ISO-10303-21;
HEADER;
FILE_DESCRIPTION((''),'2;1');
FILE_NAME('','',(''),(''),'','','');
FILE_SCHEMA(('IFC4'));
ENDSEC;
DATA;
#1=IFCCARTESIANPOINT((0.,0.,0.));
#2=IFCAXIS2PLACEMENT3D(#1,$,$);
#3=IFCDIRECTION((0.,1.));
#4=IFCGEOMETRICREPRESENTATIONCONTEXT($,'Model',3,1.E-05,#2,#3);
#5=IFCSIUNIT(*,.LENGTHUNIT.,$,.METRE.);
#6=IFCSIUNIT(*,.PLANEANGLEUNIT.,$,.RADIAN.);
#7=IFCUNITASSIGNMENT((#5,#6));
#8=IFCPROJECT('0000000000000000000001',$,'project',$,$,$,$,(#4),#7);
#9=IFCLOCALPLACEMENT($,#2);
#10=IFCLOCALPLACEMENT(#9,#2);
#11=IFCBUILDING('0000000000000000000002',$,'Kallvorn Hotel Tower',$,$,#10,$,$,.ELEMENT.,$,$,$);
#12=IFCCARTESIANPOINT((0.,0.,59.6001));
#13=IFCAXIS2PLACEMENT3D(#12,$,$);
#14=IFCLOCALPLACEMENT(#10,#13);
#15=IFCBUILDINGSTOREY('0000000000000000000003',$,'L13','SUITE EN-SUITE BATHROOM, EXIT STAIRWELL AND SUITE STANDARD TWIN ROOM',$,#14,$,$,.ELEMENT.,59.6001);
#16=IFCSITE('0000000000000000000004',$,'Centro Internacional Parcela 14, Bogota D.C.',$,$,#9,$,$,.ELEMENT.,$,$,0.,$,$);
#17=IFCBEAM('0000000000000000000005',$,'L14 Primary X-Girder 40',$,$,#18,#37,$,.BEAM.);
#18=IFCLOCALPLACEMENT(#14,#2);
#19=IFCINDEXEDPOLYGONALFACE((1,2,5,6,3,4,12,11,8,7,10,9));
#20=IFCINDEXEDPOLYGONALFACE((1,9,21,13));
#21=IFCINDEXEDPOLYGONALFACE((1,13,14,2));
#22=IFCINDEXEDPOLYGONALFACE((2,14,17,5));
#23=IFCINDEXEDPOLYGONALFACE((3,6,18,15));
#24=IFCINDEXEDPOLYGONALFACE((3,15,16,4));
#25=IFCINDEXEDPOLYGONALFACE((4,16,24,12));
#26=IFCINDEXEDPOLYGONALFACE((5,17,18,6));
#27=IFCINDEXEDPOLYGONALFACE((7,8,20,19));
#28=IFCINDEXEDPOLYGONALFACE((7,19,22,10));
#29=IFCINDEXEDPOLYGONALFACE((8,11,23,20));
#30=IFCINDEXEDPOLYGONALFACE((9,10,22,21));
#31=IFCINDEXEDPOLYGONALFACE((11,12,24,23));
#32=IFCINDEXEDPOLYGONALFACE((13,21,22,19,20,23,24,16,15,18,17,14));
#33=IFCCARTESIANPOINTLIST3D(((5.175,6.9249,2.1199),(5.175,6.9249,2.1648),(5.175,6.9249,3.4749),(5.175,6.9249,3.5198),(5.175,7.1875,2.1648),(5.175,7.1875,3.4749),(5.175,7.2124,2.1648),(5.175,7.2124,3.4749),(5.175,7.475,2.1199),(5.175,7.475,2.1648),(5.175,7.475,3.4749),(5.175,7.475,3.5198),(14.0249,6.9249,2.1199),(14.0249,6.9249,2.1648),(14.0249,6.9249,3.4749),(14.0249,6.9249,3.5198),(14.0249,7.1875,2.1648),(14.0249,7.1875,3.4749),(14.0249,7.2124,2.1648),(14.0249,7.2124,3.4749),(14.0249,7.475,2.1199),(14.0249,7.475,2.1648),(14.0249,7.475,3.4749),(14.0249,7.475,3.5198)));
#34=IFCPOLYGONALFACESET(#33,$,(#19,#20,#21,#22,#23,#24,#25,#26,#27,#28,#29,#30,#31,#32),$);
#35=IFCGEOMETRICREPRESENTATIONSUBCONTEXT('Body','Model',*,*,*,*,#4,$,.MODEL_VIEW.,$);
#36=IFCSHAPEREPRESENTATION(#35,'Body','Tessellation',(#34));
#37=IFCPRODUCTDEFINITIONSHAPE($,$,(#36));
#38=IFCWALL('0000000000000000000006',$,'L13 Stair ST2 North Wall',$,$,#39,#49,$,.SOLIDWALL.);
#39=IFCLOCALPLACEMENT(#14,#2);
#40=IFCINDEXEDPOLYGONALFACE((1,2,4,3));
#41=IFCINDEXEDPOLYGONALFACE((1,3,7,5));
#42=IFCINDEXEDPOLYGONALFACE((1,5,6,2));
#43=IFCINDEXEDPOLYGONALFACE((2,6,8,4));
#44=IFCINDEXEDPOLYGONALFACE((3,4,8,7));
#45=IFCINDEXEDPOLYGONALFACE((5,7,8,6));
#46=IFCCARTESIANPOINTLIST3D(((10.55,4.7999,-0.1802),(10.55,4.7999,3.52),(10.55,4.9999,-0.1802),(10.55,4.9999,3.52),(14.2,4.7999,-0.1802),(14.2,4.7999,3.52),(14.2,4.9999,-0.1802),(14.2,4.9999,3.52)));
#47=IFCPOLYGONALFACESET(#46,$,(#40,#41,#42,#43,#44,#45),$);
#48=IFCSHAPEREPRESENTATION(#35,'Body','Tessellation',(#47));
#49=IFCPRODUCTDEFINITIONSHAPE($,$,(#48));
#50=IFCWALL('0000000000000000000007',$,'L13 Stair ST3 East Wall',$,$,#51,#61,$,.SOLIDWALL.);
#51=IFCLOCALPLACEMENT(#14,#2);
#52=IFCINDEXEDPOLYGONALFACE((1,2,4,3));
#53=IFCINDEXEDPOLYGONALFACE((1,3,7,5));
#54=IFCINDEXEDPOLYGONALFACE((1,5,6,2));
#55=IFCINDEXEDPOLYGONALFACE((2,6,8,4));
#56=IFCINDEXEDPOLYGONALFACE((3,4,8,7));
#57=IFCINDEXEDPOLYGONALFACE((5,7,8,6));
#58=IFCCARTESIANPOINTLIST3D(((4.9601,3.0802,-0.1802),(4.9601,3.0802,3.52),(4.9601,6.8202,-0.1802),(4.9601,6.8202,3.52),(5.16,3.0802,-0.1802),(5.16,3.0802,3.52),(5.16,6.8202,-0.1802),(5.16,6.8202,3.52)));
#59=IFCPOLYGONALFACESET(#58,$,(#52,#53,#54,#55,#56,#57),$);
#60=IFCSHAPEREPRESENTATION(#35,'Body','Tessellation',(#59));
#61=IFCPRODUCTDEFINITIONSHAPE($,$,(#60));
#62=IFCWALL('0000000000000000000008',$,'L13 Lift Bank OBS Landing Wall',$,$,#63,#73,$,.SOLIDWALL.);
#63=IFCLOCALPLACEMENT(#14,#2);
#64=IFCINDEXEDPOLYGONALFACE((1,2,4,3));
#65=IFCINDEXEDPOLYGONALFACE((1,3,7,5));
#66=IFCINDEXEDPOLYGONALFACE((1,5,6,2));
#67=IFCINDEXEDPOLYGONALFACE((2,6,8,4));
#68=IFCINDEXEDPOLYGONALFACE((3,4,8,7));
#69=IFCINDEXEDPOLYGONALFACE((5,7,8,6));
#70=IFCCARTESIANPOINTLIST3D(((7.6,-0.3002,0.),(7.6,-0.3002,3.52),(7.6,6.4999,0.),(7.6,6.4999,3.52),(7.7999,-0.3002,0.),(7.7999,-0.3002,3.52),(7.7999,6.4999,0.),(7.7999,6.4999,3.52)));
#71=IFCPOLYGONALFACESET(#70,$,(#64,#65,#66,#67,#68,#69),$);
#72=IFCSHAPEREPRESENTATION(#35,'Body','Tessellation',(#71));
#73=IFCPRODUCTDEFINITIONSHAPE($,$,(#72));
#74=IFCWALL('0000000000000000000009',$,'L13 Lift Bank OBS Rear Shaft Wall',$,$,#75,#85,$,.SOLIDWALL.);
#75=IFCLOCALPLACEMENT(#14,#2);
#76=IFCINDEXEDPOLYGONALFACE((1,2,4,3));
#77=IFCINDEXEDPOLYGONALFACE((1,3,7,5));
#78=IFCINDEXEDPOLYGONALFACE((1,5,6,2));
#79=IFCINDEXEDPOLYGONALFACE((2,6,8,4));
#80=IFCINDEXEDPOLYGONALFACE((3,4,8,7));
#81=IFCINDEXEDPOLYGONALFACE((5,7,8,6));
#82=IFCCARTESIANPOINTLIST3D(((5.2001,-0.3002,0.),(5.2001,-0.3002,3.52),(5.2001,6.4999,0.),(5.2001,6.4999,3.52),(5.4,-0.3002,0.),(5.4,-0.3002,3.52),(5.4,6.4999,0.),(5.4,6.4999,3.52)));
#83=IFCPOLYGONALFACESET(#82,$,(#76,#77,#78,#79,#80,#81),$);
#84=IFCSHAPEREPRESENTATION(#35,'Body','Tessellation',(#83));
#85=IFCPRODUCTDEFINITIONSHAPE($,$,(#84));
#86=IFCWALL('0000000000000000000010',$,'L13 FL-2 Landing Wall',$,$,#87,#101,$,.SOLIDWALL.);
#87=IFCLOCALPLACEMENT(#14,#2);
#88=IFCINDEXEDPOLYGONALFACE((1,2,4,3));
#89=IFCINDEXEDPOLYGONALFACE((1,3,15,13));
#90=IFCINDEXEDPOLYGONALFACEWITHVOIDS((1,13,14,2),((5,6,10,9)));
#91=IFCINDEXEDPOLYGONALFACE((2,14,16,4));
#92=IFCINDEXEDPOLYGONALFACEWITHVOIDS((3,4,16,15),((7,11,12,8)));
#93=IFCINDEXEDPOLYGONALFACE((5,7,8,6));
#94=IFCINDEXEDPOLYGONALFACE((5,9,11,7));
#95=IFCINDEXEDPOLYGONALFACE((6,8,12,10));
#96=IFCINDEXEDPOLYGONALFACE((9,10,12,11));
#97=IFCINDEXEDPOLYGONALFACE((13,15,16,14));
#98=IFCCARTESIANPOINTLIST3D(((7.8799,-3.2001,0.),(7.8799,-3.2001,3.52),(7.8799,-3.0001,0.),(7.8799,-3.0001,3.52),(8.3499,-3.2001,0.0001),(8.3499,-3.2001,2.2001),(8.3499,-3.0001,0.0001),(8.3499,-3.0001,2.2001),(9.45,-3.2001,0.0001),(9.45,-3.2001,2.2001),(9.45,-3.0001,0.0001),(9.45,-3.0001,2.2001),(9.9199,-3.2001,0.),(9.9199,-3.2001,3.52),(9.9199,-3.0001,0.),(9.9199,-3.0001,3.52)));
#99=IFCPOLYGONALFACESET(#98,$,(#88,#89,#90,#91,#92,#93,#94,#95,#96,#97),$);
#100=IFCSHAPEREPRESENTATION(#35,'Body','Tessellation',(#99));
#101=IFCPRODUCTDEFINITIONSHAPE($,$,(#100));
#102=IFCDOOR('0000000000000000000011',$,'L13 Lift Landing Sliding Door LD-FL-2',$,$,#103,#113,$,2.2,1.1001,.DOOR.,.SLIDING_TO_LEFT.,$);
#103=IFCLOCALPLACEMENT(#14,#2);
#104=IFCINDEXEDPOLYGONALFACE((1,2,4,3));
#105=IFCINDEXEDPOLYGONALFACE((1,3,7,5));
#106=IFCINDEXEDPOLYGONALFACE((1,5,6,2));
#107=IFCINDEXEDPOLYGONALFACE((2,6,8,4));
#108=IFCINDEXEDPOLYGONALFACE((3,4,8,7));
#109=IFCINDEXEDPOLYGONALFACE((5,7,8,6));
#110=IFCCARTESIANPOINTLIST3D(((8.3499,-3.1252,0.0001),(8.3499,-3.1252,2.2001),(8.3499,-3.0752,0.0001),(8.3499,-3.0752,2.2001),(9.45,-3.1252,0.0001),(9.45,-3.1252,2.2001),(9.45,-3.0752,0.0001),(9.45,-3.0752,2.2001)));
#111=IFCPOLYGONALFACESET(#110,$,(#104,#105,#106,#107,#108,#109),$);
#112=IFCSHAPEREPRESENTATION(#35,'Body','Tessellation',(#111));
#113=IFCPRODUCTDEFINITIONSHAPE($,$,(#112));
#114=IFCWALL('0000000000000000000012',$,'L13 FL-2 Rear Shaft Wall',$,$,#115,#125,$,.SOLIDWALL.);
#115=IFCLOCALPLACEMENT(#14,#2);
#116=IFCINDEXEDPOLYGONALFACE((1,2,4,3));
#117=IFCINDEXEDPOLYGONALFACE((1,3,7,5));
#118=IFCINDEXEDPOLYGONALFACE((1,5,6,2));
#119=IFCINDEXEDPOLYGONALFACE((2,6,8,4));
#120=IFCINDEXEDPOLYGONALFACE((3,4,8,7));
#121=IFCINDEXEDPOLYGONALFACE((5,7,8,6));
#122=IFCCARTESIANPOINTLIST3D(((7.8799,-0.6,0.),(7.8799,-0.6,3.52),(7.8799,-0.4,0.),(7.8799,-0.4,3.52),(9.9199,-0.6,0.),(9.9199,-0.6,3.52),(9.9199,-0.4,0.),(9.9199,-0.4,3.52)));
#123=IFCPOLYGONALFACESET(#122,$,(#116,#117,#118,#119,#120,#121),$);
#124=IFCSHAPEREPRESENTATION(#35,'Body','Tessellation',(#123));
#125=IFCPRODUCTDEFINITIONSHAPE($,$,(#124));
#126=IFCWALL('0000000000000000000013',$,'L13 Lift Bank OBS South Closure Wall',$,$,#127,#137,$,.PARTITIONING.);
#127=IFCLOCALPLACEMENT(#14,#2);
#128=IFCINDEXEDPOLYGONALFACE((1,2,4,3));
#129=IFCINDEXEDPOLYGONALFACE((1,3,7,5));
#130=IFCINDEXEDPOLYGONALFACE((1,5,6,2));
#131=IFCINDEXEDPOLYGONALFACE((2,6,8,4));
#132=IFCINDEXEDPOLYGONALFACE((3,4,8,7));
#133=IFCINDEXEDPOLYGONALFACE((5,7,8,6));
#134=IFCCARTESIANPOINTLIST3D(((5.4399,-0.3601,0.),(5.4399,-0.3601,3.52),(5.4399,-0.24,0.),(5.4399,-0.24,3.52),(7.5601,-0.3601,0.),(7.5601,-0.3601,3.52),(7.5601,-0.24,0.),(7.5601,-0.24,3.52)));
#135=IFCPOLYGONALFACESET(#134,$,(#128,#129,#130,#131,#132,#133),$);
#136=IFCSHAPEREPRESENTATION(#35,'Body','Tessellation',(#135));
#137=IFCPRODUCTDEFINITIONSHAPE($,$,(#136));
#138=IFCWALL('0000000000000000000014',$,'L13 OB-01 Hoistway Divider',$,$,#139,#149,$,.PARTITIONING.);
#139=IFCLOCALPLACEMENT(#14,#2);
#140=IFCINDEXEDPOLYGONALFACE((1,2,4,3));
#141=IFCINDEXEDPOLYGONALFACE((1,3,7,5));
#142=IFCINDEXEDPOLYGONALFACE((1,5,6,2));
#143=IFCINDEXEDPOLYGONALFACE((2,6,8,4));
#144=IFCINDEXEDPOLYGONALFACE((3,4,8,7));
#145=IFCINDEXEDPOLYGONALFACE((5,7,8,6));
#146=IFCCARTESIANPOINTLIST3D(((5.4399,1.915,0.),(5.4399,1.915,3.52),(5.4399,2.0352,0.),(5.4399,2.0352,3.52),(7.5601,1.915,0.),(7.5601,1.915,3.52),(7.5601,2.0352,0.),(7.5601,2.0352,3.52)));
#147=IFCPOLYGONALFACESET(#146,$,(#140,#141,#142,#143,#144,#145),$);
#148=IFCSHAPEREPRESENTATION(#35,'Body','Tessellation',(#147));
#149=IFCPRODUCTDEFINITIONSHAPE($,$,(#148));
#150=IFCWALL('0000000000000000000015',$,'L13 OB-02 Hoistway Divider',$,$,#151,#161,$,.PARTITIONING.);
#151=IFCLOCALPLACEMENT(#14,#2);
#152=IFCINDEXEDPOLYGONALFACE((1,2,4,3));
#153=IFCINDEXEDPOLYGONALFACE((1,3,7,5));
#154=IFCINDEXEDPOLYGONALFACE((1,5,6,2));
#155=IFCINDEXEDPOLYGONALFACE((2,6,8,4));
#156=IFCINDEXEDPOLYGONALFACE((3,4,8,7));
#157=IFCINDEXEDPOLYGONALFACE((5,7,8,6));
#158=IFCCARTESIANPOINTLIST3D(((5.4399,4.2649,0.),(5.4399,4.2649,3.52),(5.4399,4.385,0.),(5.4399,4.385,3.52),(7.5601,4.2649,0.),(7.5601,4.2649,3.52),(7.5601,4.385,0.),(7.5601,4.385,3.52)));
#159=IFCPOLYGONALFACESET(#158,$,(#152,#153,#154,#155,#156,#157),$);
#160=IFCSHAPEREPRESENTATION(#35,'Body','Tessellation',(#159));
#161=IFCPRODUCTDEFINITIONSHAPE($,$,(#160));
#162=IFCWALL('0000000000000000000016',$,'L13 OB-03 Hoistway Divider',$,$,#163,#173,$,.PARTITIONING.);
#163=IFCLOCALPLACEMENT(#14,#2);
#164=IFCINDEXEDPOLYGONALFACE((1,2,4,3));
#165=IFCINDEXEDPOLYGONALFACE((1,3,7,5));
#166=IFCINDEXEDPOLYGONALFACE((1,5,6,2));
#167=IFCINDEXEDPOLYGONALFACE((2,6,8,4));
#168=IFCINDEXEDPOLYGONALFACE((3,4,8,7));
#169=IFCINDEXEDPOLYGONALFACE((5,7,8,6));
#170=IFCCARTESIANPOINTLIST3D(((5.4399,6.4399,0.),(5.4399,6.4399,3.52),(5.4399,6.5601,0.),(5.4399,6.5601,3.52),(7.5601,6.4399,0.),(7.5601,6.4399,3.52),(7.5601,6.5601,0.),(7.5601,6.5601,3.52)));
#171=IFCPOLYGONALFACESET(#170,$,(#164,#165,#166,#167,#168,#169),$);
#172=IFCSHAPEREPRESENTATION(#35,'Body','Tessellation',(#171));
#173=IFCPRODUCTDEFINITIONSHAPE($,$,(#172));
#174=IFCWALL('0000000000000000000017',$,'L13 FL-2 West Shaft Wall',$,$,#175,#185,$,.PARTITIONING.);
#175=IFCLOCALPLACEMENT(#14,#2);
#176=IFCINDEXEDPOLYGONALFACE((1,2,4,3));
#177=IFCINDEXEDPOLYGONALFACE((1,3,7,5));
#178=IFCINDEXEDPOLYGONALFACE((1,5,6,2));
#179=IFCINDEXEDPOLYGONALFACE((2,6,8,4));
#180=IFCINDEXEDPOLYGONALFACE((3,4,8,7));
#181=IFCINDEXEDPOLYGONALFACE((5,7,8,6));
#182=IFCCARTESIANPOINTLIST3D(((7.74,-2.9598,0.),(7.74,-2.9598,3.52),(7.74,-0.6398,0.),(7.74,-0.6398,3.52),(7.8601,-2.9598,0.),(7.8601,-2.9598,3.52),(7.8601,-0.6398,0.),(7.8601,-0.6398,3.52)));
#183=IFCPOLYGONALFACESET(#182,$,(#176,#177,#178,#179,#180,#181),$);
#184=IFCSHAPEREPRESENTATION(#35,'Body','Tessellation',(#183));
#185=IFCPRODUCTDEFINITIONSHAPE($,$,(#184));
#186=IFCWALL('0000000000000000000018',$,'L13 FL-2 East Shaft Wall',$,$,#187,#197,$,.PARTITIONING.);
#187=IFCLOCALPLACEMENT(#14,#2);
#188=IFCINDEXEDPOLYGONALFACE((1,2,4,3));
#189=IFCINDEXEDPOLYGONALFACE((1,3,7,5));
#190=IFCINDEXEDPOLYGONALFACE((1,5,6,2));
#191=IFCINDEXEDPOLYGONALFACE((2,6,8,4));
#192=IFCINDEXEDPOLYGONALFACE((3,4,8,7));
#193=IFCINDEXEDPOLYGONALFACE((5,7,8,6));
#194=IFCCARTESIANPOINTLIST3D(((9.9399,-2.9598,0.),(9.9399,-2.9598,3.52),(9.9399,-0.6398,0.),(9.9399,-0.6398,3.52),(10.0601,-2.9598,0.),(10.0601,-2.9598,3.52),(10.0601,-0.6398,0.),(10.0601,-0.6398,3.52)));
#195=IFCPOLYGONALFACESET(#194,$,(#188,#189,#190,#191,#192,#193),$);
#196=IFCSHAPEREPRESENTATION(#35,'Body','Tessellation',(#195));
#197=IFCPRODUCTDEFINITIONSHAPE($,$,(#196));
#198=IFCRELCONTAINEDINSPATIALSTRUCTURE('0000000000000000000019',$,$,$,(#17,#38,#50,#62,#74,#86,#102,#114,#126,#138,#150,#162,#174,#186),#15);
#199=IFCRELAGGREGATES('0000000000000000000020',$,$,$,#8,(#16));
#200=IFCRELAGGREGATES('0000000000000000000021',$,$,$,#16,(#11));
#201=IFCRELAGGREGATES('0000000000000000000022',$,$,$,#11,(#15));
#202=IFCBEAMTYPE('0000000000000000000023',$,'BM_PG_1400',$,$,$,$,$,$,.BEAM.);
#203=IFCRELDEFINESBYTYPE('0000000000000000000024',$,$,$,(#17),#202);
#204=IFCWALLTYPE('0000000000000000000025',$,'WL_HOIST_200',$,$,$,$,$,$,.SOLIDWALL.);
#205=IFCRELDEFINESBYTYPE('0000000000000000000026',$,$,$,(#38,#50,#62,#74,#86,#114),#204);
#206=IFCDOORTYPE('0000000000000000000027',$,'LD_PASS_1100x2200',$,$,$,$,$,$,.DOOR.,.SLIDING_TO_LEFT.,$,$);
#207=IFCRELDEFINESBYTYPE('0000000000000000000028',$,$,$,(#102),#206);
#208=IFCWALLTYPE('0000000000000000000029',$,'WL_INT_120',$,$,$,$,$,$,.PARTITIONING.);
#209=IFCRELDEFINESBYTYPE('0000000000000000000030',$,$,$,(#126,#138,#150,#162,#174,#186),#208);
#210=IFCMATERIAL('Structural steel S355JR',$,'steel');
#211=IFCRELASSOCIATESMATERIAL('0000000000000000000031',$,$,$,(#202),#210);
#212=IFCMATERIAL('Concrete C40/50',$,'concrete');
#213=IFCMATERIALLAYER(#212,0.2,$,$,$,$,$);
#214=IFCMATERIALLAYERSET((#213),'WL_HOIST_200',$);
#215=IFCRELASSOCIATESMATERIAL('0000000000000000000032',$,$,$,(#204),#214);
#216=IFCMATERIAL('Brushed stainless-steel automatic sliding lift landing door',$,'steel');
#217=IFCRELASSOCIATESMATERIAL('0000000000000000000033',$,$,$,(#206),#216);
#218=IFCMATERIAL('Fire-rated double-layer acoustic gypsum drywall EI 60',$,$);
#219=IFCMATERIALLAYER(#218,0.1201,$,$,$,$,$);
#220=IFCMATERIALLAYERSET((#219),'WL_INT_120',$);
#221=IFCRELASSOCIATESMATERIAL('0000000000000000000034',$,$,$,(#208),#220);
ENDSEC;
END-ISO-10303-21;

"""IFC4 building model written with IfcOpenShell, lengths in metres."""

from ifc_helpers import new_model, si_unit, direction, frame, frame_2d, origin, origin_2d, place, context, subcontext, project, spatial, rectangle, i_section, extrude, material, layer, layer_set, material_profile, profile_set, type_object, element, fill, save


model = new_model("IFC4")

# Units and contexts
model_context = context("Model", 3, precision=1e-05, world=origin(), true_north=direction((0.0, 1.0)))
body_context = subcontext(model_context, "Body", "Model", "MODEL_VIEW")
ifc_project = project(units=[si_unit("LENGTHUNIT", "METRE"), si_unit("PLANEANGLEUNIT", "RADIAN")], contexts=[model_context])

# Site, building, storey
site_placement = place(None, origin())
site = spatial("IfcSite", under=ifc_project, at=site_placement, Name="Centro Internacional Parcela 14, Bogota D.C.", CompositionType="ELEMENT", RefElevation=0.0)
building_placement = place(site_placement, origin())
building = spatial("IfcBuilding", under=site, at=building_placement, Name="Kallvorn Hotel Tower", CompositionType="ELEMENT")
storey_placement = place(building_placement, frame((0.0, 0.0, 59.6001)))
storey = spatial("IfcBuildingStorey", under=building, at=storey_placement, Name="L13", Description="SUITE EN-SUITE BATHROOM, EXIT STAIRWELL AND SUITE STANDARD TWIN ROOM", CompositionType="ELEMENT", Elevation=59.6001)

# Beam
ifc_material_1 = material(Name="Structural steel S355JR", Category="steel")
ifc_material_profile_1 = material_profile(ifc_material_1, i_section(OverallWidth=0.55, OverallDepth=1.3999, WebThickness=0.0249, FlangeThickness=0.0449, at=origin_2d()), Name="PG 1400x550x25x45")
ifc_profile_set_1 = profile_set([ifc_material_profile_1], Name="Structural steel S355JR")
beam_type_1 = type_object("IfcBeamType", Name="BM_PG_1400", PredefinedType="BEAM", material=ifc_profile_set_1)
beam_1_placement = place(storey_placement, frame((5.175, 7.2, 2.8198), z_axis=(1.0, 0.0, 0.0), x_axis=(0.0, 1.0, 0.0)))
element("IfcBeam", 1, at=beam_1_placement, inside=storey, type_object=beam_type_1, Name="L14 Primary X-Girder 40", PredefinedType="BEAM", context=body_context, shape_type="SweptSolid", body=[
    extrude(i_section(OverallWidth=0.55, OverallDepth=1.3999, WebThickness=0.0249, FlangeThickness=0.0449, at=origin_2d()), origin(), (0.0, 0.0, 1.0), 8.8499),
])

# Walls
ifc_material_2 = material(Name="Concrete C40/50", Category="concrete")
ifc_layer_1 = layer(ifc_material_2, 0.2)
ifc_layer_set_1 = layer_set([ifc_layer_1], Name="WL_HOIST_200")
wall_type_1 = type_object("IfcWallType", Name="WL_HOIST_200", PredefinedType="SOLIDWALL", material=ifc_layer_set_1)
wall_1_placement = place(storey_placement, frame((10.55, 4.8999, -0.1802), z_axis=(0.0, 0.0, 1.0), x_axis=(1.0, 0.0, 0.0)))
element("IfcWall", 2, at=wall_1_placement, inside=storey, type_object=wall_type_1, Name="L13 Stair ST2 North Wall", PredefinedType="SOLIDWALL", context=body_context, shape_type="SweptSolid", body=[
    extrude(rectangle(XDim=3.6499, YDim=0.2, at=frame_2d((1.825, 0.0))), origin(), (0.0, 0.0, 1.0), 3.7002),
])
wall_2_placement = place(storey_placement, frame((5.0601, 3.0801, -0.1802), z_axis=(0.0, 0.0, 1.0), x_axis=(0.0, 1.0, 0.0)))
element("IfcWall", 3, at=wall_2_placement, inside=storey, type_object=wall_type_1, Name="L13 Stair ST3 East Wall", PredefinedType="SOLIDWALL", context=body_context, shape_type="SweptSolid", body=[
    extrude(rectangle(XDim=3.74, YDim=0.2, at=frame_2d((1.8701, 0.0))), origin(), (0.0, 0.0, 1.0), 3.7002),
])
for number, where, z_axis, x_axis, name in (
    (4, (7.7, -0.3, 0.0), (0.0, 0.0, 1.0), (0.0, 1.0, 0.0), "L13 Lift Bank OBS Landing Wall"),
    (5, (5.3, -0.3, 0.0), (0.0, 0.0, 1.0), (0.0, 1.0, 0.0), "L13 Lift Bank OBS Rear Shaft Wall"),
):
    element("IfcWall", number, at=place(storey_placement, frame(where, z_axis=z_axis, x_axis=x_axis)), inside=storey, type_object=wall_type_1, Name=name, PredefinedType="SOLIDWALL", context=body_context, shape_type="SweptSolid", body=[
        extrude(rectangle(XDim=6.8, YDim=0.2, at=frame_2d((3.3999, 0.0))), origin(), (0.0, 0.0, 1.0), 3.52),
    ])

# Wall, opening, door
wall_3_placement = place(storey_placement, frame((7.8799, -3.1001, 0.0), z_axis=(0.0, 0.0, 1.0), x_axis=(1.0, 0.0, 0.0)))
wall_3 = element("IfcWall", 6, at=wall_3_placement, inside=storey, type_object=wall_type_1, Name="L13 FL-2 Landing Wall", PredefinedType="SOLIDWALL", context=body_context, shape_type="SweptSolid", body=[
    extrude(rectangle(XDim=2.04, YDim=0.2, at=frame_2d((1.02, 0.0))), origin(), (0.0, 0.0, 1.0), 3.52),
])
opening_1_placement = place(wall_3_placement, frame((0.47, 0.0, 0.0)))
opening_1 = element("IfcOpeningElement", 7, at=opening_1_placement, cuts=wall_3, PredefinedType="OPENING", context=body_context, shape_type="SweptSolid", body=[
    extrude(rectangle(XDim=1.1001, YDim=2.2, at=frame_2d((0.55, 1.1001))), frame((0.0, 0.115, 0.0), z_axis=(0.0, -1.0, 0.0), x_axis=(1.0, 0.0, 0.0)), (0.0, 0.0, 1.0), 0.23),
])
ifc_material_3 = material(Name="Brushed stainless-steel automatic sliding lift landing door", Category="steel")
door_type_1 = type_object("IfcDoorType", Name="LD_PASS_1100x2200", OperationType="SLIDING_TO_LEFT", PredefinedType="DOOR", material=ifc_material_3)
door_1_placement = place(opening_1_placement, origin())
door_1 = element("IfcDoor", 8, at=door_1_placement, inside=storey, type_object=door_type_1, Name="L13 Lift Landing Sliding Door LD-FL-2", OperationType="SLIDING_TO_LEFT", OverallHeight=2.2, OverallWidth=1.1001, PredefinedType="DOOR", context=body_context, shape_type="SweptSolid", body=[
    extrude(rectangle(XDim=1.1001, YDim=2.2, at=frame_2d((0.55, 1.1001))), frame((0.0, 0.0249, 0.0), z_axis=(0.0, -1.0, 0.0), x_axis=(1.0, 0.0, 0.0)), (0.0, 0.0, 1.0), 0.05),
])
fill(opening_1, door_1)

# Walls
wall_4_placement = place(storey_placement, frame((7.8799, -0.5, 0.0), z_axis=(0.0, 0.0, 1.0), x_axis=(1.0, 0.0, 0.0)))
element("IfcWall", 9, at=wall_4_placement, inside=storey, type_object=wall_type_1, Name="L13 FL-2 Rear Shaft Wall", PredefinedType="SOLIDWALL", context=body_context, shape_type="SweptSolid", body=[
    extrude(rectangle(XDim=2.04, YDim=0.2, at=frame_2d((1.02, 0.0))), origin(), (0.0, 0.0, 1.0), 3.52),
])
ifc_material_4 = material(Name="Fire-rated double-layer acoustic gypsum drywall EI 60")
ifc_layer_2 = layer(ifc_material_4, 0.1201)
ifc_layer_set_2 = layer_set([ifc_layer_2], Name="WL_INT_120")
wall_type_2 = type_object("IfcWallType", Name="WL_INT_120", PredefinedType="PARTITIONING", material=ifc_layer_set_2)
for number, where, z_axis, x_axis, name in (
    (10, (5.4399, -0.3, 0.0), (0.0, 0.0, 1.0), (1.0, 0.0, 0.0), "L13 Lift Bank OBS South Closure Wall"),
    (11, (5.4399, 1.9751, 0.0), (0.0, 0.0, 1.0), (1.0, 0.0, 0.0), "L13 OB-01 Hoistway Divider"),
    (12, (5.4399, 4.325, 0.0), (0.0, 0.0, 1.0), (1.0, 0.0, 0.0), "L13 OB-02 Hoistway Divider"),
    (13, (5.4399, 6.5, 0.0), (0.0, 0.0, 1.0), (1.0, 0.0, 0.0), "L13 OB-03 Hoistway Divider"),
):
    element("IfcWall", number, at=place(storey_placement, frame(where, z_axis=z_axis, x_axis=x_axis)), inside=storey, type_object=wall_type_2, Name=name, PredefinedType="PARTITIONING", context=body_context, shape_type="SweptSolid", body=[
        extrude(rectangle(XDim=2.1201, YDim=0.1201, at=frame_2d((1.0601, 0.0))), origin(), (0.0, 0.0, 1.0), 3.52),
    ])
for number, where, z_axis, x_axis, name in (
    (14, (7.8, -2.96, 0.0), (0.0, 0.0, 1.0), (0.0, 1.0, 0.0), "L13 FL-2 West Shaft Wall"),
    (15, (10.0, -2.96, 0.0), (0.0, 0.0, 1.0), (0.0, 1.0, 0.0), "L13 FL-2 East Shaft Wall"),
):
    element("IfcWall", number, at=place(storey_placement, frame(where, z_axis=z_axis, x_axis=x_axis)), inside=storey, type_object=wall_type_2, Name=name, PredefinedType="PARTITIONING", context=body_context, shape_type="SweptSolid", body=[
        extrude(rectangle(XDim=2.3201, YDim=0.1201, at=frame_2d((1.1602, 0.0))), origin(), (0.0, 0.0, 1.0), 3.52),
    ])

save(model, "model.ifc")
